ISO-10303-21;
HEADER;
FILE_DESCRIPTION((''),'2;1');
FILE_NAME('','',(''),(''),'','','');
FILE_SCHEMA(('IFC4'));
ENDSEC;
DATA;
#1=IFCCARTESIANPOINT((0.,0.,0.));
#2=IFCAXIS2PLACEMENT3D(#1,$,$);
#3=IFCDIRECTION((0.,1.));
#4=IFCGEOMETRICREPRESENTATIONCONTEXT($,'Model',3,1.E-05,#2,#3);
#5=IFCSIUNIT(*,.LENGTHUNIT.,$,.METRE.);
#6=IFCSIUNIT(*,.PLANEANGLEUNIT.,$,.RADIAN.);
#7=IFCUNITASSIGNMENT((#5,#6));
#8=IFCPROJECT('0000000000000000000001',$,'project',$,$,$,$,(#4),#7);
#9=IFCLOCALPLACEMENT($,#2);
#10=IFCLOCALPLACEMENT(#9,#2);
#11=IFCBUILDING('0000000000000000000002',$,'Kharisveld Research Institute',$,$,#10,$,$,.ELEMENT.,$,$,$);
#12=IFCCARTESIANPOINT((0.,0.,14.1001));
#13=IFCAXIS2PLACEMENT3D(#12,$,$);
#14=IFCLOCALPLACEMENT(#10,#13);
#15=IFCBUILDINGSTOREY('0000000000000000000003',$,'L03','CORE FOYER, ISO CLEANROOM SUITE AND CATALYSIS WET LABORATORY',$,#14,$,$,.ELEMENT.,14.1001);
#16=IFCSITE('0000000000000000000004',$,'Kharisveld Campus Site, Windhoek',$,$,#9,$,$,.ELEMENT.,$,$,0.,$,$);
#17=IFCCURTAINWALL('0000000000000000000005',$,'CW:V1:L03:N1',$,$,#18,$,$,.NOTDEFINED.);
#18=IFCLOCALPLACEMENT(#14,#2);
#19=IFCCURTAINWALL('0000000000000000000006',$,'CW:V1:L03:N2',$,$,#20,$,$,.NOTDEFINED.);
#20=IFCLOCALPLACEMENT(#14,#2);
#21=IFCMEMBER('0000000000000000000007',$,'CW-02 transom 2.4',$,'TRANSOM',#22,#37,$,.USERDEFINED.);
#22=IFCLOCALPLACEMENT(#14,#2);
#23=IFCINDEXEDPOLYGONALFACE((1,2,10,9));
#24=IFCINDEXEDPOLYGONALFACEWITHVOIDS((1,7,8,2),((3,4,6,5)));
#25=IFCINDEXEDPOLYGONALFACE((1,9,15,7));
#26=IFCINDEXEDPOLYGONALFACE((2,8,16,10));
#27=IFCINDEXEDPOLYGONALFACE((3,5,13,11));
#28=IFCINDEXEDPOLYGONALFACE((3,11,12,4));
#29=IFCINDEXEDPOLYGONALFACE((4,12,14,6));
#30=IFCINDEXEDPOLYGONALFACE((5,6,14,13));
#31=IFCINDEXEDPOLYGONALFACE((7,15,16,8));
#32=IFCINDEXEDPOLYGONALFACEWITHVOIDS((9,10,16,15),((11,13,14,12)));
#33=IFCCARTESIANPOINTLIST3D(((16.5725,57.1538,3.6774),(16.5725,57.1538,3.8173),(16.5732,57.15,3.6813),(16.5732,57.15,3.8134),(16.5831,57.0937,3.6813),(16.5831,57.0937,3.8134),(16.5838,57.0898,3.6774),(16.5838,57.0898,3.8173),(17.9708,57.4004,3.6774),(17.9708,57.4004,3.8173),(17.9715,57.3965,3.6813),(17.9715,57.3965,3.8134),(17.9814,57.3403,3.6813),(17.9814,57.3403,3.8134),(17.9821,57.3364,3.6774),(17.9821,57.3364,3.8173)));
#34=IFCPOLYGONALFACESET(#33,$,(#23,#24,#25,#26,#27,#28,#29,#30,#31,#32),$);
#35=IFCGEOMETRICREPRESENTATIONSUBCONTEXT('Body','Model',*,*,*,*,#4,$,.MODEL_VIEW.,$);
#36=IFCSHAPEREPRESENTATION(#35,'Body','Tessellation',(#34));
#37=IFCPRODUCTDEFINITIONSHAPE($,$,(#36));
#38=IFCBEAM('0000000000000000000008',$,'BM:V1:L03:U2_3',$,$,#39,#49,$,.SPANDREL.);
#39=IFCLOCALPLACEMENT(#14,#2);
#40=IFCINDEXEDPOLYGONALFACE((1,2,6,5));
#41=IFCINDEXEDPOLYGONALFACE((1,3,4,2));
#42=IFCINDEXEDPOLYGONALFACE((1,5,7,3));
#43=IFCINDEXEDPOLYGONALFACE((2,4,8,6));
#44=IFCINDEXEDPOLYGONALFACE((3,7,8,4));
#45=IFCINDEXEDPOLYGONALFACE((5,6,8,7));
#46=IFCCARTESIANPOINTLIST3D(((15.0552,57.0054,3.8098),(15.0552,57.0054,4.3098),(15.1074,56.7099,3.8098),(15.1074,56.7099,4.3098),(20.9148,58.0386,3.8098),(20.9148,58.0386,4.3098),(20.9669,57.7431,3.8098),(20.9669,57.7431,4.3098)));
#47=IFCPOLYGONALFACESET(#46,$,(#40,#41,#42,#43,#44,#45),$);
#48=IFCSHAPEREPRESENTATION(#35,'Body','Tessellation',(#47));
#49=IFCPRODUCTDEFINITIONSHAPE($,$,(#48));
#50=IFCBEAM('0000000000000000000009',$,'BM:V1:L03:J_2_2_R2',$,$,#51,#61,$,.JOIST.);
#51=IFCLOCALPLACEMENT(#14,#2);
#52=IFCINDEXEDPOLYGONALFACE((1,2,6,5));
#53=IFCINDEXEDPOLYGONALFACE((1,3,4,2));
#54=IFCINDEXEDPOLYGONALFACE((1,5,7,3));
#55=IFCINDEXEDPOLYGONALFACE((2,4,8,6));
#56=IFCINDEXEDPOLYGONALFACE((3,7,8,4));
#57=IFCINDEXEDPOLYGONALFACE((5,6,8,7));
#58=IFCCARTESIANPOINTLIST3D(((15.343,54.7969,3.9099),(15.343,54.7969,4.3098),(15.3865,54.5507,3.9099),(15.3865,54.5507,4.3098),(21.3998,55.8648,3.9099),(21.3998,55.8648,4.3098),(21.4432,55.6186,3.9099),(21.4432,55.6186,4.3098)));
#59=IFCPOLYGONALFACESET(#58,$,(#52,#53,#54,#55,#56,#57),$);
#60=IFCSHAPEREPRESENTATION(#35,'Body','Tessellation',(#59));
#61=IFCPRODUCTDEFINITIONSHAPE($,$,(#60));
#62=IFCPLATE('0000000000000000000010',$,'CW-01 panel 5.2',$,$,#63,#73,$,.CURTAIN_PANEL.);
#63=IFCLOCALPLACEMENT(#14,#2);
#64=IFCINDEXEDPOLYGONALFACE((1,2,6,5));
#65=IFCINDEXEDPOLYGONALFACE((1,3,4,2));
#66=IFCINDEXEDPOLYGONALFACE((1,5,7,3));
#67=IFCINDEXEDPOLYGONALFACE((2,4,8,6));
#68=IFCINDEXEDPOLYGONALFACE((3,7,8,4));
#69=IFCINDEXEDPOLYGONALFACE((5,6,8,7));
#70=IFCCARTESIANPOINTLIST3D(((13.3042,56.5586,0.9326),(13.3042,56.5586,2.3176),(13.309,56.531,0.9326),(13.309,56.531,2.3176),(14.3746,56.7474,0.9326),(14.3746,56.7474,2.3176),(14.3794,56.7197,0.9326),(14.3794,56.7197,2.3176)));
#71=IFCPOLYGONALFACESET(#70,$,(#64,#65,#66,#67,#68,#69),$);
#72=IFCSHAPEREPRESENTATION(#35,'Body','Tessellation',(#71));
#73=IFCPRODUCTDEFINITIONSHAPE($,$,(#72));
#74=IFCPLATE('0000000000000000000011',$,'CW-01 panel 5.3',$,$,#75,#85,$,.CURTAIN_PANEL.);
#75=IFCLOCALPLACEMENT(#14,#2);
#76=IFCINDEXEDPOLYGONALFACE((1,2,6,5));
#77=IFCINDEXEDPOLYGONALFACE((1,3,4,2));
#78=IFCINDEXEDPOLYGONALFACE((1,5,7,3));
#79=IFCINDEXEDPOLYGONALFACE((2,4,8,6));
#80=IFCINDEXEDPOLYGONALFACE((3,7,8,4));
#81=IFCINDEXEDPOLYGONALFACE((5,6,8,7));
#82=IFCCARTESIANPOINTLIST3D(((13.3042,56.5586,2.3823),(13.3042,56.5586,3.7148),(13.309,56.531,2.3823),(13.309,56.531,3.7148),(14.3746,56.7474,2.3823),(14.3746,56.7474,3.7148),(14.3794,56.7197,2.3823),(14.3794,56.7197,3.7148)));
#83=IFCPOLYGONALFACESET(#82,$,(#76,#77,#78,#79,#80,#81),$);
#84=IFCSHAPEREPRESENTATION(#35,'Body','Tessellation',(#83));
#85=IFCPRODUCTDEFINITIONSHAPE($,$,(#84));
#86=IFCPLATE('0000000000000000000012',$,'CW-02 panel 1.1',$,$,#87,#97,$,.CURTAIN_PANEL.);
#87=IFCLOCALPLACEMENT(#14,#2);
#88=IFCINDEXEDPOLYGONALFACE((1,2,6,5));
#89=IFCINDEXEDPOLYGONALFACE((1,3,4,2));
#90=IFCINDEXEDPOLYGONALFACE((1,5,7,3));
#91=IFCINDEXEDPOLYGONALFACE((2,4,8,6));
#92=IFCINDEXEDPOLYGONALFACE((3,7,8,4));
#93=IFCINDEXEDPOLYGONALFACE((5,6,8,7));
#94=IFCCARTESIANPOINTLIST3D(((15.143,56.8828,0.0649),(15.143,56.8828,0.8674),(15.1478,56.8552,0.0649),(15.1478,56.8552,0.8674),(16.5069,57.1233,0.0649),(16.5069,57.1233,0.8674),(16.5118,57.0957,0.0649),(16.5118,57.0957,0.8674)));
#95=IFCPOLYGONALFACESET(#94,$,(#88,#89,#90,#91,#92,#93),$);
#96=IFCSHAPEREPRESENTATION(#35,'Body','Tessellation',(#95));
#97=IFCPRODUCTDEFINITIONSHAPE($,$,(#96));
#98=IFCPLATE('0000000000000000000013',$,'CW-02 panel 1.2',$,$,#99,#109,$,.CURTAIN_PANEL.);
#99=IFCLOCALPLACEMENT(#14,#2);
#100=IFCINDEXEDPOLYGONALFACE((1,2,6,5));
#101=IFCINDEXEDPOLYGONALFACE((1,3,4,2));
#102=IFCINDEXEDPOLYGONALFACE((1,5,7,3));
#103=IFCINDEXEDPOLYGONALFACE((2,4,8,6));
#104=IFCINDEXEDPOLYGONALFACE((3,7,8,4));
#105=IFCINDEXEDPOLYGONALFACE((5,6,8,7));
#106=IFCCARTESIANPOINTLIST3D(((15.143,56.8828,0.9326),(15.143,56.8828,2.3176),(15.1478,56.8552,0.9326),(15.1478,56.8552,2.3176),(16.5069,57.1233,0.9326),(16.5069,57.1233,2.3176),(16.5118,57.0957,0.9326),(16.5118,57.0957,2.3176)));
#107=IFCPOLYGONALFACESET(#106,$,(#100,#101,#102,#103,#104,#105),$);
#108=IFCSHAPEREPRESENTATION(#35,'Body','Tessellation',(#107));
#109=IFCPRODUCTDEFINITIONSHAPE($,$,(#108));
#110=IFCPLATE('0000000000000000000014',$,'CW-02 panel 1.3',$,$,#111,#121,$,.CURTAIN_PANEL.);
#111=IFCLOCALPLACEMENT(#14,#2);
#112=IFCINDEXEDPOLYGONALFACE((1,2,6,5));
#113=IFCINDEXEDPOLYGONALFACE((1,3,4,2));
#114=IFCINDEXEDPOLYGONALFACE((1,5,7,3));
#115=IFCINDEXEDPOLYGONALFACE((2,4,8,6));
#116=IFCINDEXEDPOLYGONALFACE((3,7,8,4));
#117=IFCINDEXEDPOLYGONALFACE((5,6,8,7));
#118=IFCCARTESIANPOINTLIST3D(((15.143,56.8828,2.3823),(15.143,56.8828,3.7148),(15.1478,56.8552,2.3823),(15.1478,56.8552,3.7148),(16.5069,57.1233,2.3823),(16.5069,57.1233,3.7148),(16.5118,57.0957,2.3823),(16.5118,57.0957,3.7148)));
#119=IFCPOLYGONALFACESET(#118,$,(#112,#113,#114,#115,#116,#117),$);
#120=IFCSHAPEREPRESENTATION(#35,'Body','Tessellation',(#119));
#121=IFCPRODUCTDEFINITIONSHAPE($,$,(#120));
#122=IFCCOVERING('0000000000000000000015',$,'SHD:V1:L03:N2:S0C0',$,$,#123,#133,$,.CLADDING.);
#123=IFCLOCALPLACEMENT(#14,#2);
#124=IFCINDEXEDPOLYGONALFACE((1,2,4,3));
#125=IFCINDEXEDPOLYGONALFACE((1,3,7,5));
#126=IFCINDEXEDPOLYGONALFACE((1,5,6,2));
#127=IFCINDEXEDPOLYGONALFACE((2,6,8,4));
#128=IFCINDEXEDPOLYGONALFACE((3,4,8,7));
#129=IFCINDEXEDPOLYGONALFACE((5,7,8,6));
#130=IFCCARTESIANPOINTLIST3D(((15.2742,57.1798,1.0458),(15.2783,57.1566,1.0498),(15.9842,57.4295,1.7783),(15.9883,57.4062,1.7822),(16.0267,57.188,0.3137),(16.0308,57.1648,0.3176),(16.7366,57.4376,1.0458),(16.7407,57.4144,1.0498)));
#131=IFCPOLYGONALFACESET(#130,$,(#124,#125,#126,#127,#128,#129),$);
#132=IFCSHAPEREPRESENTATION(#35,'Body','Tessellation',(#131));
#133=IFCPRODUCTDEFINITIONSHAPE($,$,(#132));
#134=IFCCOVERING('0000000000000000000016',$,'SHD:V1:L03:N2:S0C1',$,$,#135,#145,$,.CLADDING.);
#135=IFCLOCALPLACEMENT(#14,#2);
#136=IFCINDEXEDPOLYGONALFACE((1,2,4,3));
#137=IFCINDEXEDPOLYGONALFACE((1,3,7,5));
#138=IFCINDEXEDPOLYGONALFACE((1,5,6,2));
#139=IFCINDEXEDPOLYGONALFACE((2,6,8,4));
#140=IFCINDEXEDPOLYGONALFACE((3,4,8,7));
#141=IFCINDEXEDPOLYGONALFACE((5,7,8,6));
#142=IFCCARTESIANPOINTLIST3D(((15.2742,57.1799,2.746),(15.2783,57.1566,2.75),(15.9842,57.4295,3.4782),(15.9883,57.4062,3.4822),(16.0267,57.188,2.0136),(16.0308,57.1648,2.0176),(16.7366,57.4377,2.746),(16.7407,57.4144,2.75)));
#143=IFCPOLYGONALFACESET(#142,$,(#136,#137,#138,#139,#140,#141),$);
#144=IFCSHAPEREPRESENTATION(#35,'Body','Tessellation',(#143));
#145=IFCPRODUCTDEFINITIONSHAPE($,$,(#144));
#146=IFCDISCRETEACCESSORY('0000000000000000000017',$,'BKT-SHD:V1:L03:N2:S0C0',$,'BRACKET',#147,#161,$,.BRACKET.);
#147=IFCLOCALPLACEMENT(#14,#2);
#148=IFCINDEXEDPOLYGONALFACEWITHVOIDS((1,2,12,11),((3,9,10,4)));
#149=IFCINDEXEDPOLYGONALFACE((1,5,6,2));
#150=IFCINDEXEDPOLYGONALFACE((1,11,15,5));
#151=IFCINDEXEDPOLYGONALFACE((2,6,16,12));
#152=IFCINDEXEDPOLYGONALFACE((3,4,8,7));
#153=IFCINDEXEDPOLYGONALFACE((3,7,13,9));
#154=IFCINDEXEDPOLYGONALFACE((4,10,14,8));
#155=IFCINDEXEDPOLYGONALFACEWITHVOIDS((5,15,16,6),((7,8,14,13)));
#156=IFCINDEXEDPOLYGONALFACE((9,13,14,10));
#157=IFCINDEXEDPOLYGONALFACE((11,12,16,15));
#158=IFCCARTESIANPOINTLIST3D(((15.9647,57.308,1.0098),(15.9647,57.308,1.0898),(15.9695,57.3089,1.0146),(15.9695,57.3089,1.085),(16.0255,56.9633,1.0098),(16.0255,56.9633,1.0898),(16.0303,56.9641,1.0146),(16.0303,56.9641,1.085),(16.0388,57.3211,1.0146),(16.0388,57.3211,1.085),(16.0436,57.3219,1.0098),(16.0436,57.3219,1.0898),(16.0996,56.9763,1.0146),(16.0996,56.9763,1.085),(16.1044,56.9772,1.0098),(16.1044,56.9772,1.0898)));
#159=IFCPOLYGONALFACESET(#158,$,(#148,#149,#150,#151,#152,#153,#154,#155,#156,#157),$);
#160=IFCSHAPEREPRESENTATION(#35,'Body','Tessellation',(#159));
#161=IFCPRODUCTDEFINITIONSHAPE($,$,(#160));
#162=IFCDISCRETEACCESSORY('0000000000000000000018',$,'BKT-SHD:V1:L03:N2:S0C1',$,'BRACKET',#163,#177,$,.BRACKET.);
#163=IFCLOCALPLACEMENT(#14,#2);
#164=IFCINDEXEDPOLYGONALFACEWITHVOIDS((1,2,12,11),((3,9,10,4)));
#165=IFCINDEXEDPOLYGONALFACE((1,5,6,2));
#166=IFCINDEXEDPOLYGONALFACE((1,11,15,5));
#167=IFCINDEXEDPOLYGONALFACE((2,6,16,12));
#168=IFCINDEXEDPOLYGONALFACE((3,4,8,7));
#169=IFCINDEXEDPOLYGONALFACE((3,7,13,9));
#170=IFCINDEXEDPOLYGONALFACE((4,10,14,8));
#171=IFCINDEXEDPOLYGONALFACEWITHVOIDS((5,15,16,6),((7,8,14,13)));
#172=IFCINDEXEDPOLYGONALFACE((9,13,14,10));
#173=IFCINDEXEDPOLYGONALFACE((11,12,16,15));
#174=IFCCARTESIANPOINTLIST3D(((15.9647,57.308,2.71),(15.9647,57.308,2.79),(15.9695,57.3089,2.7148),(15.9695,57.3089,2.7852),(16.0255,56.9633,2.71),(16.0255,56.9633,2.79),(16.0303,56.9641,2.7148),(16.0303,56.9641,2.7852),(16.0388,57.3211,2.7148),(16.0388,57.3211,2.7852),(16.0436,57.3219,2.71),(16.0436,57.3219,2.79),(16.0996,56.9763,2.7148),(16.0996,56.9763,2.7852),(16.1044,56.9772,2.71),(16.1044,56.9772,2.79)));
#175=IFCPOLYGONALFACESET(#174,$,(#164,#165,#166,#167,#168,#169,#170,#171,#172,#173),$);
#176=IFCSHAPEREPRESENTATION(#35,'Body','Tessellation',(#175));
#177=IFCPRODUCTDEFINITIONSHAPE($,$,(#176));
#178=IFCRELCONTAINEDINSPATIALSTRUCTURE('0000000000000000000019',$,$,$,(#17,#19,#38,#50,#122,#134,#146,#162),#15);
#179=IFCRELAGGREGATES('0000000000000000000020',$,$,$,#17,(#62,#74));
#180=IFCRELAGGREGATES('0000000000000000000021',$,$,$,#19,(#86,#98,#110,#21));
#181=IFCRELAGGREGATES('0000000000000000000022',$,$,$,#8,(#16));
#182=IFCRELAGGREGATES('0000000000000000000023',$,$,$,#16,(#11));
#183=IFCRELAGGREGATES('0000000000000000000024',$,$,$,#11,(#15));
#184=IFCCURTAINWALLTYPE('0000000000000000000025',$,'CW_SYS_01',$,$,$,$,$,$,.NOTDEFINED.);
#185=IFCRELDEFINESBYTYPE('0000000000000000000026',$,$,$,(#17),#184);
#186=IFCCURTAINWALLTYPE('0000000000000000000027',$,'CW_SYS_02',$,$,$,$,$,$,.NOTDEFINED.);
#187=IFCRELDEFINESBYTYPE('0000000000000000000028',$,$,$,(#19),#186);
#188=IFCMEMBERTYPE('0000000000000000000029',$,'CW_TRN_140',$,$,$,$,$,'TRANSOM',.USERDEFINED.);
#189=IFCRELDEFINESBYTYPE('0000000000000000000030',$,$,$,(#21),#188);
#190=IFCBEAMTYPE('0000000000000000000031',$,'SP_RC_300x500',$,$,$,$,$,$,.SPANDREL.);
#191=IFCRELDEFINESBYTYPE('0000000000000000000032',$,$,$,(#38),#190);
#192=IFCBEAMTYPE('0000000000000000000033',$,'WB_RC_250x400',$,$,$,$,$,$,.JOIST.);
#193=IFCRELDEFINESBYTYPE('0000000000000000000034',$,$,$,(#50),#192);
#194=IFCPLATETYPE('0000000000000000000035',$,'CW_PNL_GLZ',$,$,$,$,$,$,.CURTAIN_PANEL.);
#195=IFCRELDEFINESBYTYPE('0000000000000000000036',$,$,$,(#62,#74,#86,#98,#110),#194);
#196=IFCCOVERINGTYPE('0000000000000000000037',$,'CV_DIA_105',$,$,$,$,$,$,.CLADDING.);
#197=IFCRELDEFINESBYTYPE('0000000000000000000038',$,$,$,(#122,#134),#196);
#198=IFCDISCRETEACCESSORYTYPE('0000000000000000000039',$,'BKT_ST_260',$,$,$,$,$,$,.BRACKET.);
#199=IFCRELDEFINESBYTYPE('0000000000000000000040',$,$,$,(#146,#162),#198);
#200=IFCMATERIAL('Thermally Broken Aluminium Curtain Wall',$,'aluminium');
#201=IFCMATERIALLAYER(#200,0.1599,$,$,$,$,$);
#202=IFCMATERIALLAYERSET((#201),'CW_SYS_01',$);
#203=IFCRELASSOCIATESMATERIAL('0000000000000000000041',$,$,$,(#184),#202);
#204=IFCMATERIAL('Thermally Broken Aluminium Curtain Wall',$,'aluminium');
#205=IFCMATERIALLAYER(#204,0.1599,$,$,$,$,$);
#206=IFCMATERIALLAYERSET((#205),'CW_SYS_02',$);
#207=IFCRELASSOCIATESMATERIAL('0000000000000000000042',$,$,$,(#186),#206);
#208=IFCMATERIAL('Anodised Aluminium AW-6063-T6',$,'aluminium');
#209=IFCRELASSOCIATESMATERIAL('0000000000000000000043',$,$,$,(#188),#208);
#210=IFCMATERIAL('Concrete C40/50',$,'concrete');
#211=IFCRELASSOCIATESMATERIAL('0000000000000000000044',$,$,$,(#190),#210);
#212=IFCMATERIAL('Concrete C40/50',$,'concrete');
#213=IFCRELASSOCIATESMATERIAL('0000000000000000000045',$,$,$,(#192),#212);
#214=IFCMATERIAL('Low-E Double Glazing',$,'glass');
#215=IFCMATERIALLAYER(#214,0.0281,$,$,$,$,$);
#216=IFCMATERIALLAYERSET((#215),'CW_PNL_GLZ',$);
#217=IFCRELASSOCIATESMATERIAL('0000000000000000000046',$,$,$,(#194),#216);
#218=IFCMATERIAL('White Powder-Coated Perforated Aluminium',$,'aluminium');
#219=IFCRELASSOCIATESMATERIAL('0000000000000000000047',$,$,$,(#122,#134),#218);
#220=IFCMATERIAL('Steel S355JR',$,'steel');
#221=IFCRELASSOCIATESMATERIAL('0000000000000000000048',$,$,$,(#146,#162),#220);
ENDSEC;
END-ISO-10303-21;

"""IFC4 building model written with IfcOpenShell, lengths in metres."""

from ifc_helpers import new_model, si_unit, direction, frame, origin, origin_2d, place, context, subcontext, project, spatial, polyline, rectangle, hollow_rectangle, outline, extrude, material, layer, layer_set, material_profile, profile_set, type_object, element, aggregate, save


model = new_model("IFC4")

# Units and contexts
model_context = context("Model", 3, precision=1e-05, world=origin(), true_north=direction((0.0, 1.0)))
body_context = subcontext(model_context, "Body", "Model", "MODEL_VIEW")
ifc_project = project(units=[si_unit("LENGTHUNIT", "METRE"), si_unit("PLANEANGLEUNIT", "RADIAN")], contexts=[model_context])

# Site, building, storey
site_placement = place(None, origin())
site = spatial("IfcSite", under=ifc_project, at=site_placement, Name="Kharisveld Campus Site, Windhoek", CompositionType="ELEMENT", RefElevation=0.0)
building_placement = place(site_placement, origin())
building = spatial("IfcBuilding", under=site, at=building_placement, Name="Kharisveld Research Institute", CompositionType="ELEMENT")
storey_placement = place(building_placement, frame((0.0, 0.0, 14.1001)))
storey = spatial("IfcBuildingStorey", under=building, at=storey_placement, Name="L03", Description="CORE FOYER, ISO CLEANROOM SUITE AND CATALYSIS WET LABORATORY", CompositionType="ELEMENT", Elevation=14.1001)

# Curtain wall
ifc_material_1 = material(Name="Thermally Broken Aluminium Curtain Wall", Category="aluminium")
ifc_layer_1 = layer(ifc_material_1, 0.1599)
ifc_layer_set_1 = layer_set([ifc_layer_1], Name="CW_SYS_01")
curtain_wall_type_1 = type_object("IfcCurtainWallType", Name="CW_SYS_01", PredefinedType="NOTDEFINED", material=ifc_layer_set_1)
curtain_wall_1_placement = place(storey_placement, origin())
curtain_wall_1 = element("IfcCurtainWall", 1, at=curtain_wall_1_placement, inside=storey, type_object=curtain_wall_type_1, Name="CW:V1:L03:N1", PredefinedType="NOTDEFINED")

# Curtain wall, member
ifc_material_2 = material(Name="Thermally Broken Aluminium Curtain Wall", Category="aluminium")
ifc_layer_2 = layer(ifc_material_2, 0.1599)
ifc_layer_set_2 = layer_set([ifc_layer_2], Name="CW_SYS_02")
curtain_wall_type_2 = type_object("IfcCurtainWallType", Name="CW_SYS_02", PredefinedType="NOTDEFINED", material=ifc_layer_set_2)
curtain_wall_2_placement = place(storey_placement, origin())
curtain_wall_2 = element("IfcCurtainWall", 2, at=curtain_wall_2_placement, inside=storey, type_object=curtain_wall_type_2, Name="CW:V1:L03:N2", PredefinedType="NOTDEFINED")
ifc_material_3 = material(Name="Anodised Aluminium AW-6063-T6", Category="aluminium")
ifc_material_profile_1 = material_profile(ifc_material_3, hollow_rectangle(XDim=0.0649, YDim=0.1399, WallThickness=0.0039, at=origin_2d()))
ifc_profile_set_1 = profile_set([ifc_material_profile_1], Name="Anodised Aluminium AW-6063-T6")
member_type_1 = type_object("IfcMemberType", Name="CW_TRN_140", ElementType="TRANSOM", PredefinedType="USERDEFINED", material=ifc_profile_set_1)
member_1_placement = place(storey_placement, frame((16.5781, 57.1218, 3.7473), z_axis=(0.984808, 0.173648, 0.0), x_axis=(-0.173648, 0.984808, 0.0)))
member_1 = element("IfcMember", 3, at=member_1_placement, type_object=member_type_1, Name="CW-02 transom 2.4", ObjectType="TRANSOM", PredefinedType="USERDEFINED", context=body_context, shape_type="SweptSolid", body=[
    extrude(hollow_rectangle(XDim=0.0649, YDim=0.1399, WallThickness=0.0039, at=origin_2d()), origin(), (0.0, 0.0, 1.0), 1.4199),
])

# Beams
ifc_material_4 = material(Name="Concrete C40/50", Category="concrete")
ifc_material_profile_2 = material_profile(ifc_material_4, rectangle(XDim=0.3, YDim=0.5, at=origin_2d()))
ifc_profile_set_2 = profile_set([ifc_material_profile_2], Name="Concrete C40/50")
beam_type_1 = type_object("IfcBeamType", Name="SP_RC_300x500", PredefinedType="SPANDREL", material=ifc_profile_set_2)
beam_1_placement = place(storey_placement, frame((15.0813, 56.8577, 4.0598), z_axis=(0.984808, 0.173647, 0.0), x_axis=(-0.173647, 0.984808, 0.0)))
element("IfcBeam", 4, at=beam_1_placement, inside=storey, type_object=beam_type_1, Name="BM:V1:L03:U2_3", PredefinedType="SPANDREL", context=body_context, shape_type="SweptSolid", body=[
    extrude(rectangle(XDim=0.3, YDim=0.5, at=origin_2d()), origin(), (0.0, 0.0, 1.0), 5.95),
])
ifc_material_5 = material(Name="Concrete C40/50", Category="concrete")
ifc_material_profile_3 = material_profile(ifc_material_5, rectangle(XDim=0.25, YDim=0.3999, at=origin_2d()))
ifc_profile_set_3 = profile_set([ifc_material_profile_3], Name="Concrete C40/50")
beam_type_2 = type_object("IfcBeamType", Name="WB_RC_250x400", PredefinedType="JOIST", material=ifc_profile_set_3)
beam_2_placement = place(storey_placement, frame((15.3647, 54.6738, 4.1099), z_axis=(0.98481, 0.173636, 0.0), x_axis=(-0.173636, 0.98481, 0.0)))
element("IfcBeam", 5, at=beam_2_placement, inside=storey, type_object=beam_type_2, Name="BM:V1:L03:J_2_2_R2", PredefinedType="JOIST", context=body_context, shape_type="SweptSolid", body=[
    extrude(rectangle(XDim=0.25, YDim=0.3999, at=origin_2d()), origin(), (0.0, 0.0, 1.0), 6.1501),
])

# Plates
ifc_material_6 = material(Name="Low-E Double Glazing", Category="glass")
ifc_layer_3 = layer(ifc_material_6, 0.0281)
ifc_layer_set_3 = layer_set([ifc_layer_3], Name="CW_PNL_GLZ")
plate_type = type_object("IfcPlateType", Name="CW_PNL_GLZ", PredefinedType="CURTAIN_PANEL", material=ifc_layer_set_3)
plate_1_placement = place(storey_placement, frame((13.8418, 56.6392, 0.9326), z_axis=(0.0, 0.0, 1.0), x_axis=(0.984808, 0.173648, 0.0)))
plate_1 = element("IfcPlate", 6, at=plate_1_placement, type_object=plate_type, Name="CW-01 panel 5.2", PredefinedType="CURTAIN_PANEL", context=body_context, shape_type="SweptSolid", body=[
    extrude(rectangle(XDim=1.0869, YDim=0.0281, at=origin_2d()), origin(), (0.0, 0.0, 1.0), 1.385),
])
plate_2_placement = place(storey_placement, frame((13.8418, 56.6392, 2.3823), z_axis=(0.0, 0.0, 1.0), x_axis=(0.984808, 0.173648, 0.0)))
plate_2 = element("IfcPlate", 7, at=plate_2_placement, type_object=plate_type, Name="CW-01 panel 5.3", PredefinedType="CURTAIN_PANEL", context=body_context, shape_type="SweptSolid", body=[
    extrude(rectangle(XDim=1.0869, YDim=0.0281, at=origin_2d()), origin(), (0.0, 0.0, 1.0), 1.3325),
])
aggregate(curtain_wall_1, [plate_1, plate_2])
plate_3_placement = place(storey_placement, frame((15.8274, 56.9893, 0.0649), z_axis=(0.0, 0.0, 1.0), x_axis=(0.984808, 0.173648, 0.0)))
plate_3 = element("IfcPlate", 8, at=plate_3_placement, type_object=plate_type, Name="CW-02 panel 1.1", PredefinedType="CURTAIN_PANEL", context=body_context, shape_type="SweptSolid", body=[
    extrude(rectangle(XDim=1.385, YDim=0.0281, at=origin_2d()), origin(), (0.0, 0.0, 1.0), 0.8025),
])
plate_4_placement = place(storey_placement, frame((15.8274, 56.9893, 0.9326), z_axis=(0.0, 0.0, 1.0), x_axis=(0.984808, 0.173648, 0.0)))
plate_4 = element("IfcPlate", 9, at=plate_4_placement, type_object=plate_type, Name="CW-02 panel 1.2", PredefinedType="CURTAIN_PANEL", context=body_context, shape_type="SweptSolid", body=[
    extrude(rectangle(XDim=1.385, YDim=0.0281, at=origin_2d()), origin(), (0.0, 0.0, 1.0), 1.385),
])
plate_5_placement = place(storey_placement, frame((15.8274, 56.9893, 2.3823), z_axis=(0.0, 0.0, 1.0), x_axis=(0.984808, 0.173648, 0.0)))
plate_5 = element("IfcPlate", 10, at=plate_5_placement, type_object=plate_type, Name="CW-02 panel 1.3", PredefinedType="CURTAIN_PANEL", context=body_context, shape_type="SweptSolid", body=[
    extrude(rectangle(XDim=1.385, YDim=0.0281, at=origin_2d()), origin(), (0.0, 0.0, 1.0), 1.3325),
])
aggregate(curtain_wall_2, [plate_3, plate_4, plate_5, member_1])

# Coverings
ifc_material_7 = material(Name="White Powder-Coated Perforated Aluminium", Category="aluminium")
covering_type = type_object("IfcCoveringType", Name="CV_DIA_105", PredefinedType="CLADDING")
covering_1_placement = place(storey_placement, frame((16.0308, 57.1648, 0.3176), z_axis=(0.171234, -0.971299, 0.165096), x_axis=(0.676173, 0.237734, 0.697333)))
element("IfcCovering", 11, at=covering_1_placement, inside=storey, type_object=covering_type, material=ifc_material_7, Name="SHD:V1:L03:N2:S0C0", PredefinedType="CLADDING", context=body_context, shape_type="SweptSolid", body=[
    extrude(outline(polyline([(0.0, 0.0), (1.0499, 0.0), (1.05, 1.0501), (-0.0002, 1.0499), (0.0, 0.0)])), origin(), (0.0, 0.0, -1.0), 0.0239),
])
covering_2_placement = place(storey_placement, frame((16.0308, 57.1648, 2.0176), z_axis=(0.171234, -0.971299, 0.165096), x_axis=(0.676056, 0.237732, 0.697446)))
element("IfcCovering", 12, at=covering_2_placement, inside=storey, type_object=covering_type, material=ifc_material_7, Name="SHD:V1:L03:N2:S0C1", PredefinedType="CLADDING", context=body_context, shape_type="SweptSolid", body=[
    extrude(outline(polyline([(0.0, 0.0), (1.0501, 0.0), (1.0502, 1.0499), (0.0002, 1.0501), (0.0, 0.0)])), origin(), (0.0, 0.0, -1.0), 0.0239),
])

# Discrete accessories
ifc_material_8 = material(Name="Steel S355JR", Category="steel")
discrete_accessory_type = type_object("IfcDiscreteAccessoryType", Name="BKT_ST_260", PredefinedType="BRACKET")
for number, where, z_axis, x_axis, name in (
    (13, (16.0649, 56.9702, 1.0498), (-0.173666, 0.984805, 0.0), (-0.984805, -0.173666, 0.0), "BKT-SHD:V1:L03:N2:S0C0"),
    (14, (16.0649, 56.9702, 2.75), (-0.173666, 0.984805, 0.0), (-0.984805, -0.173666, 0.0), "BKT-SHD:V1:L03:N2:S0C1"),
):
    element("IfcDiscreteAccessory", number, at=place(storey_placement, frame(where, z_axis=z_axis, x_axis=x_axis)), inside=storey, type_object=discrete_accessory_type, material=ifc_material_8, Name=name, ObjectType="BRACKET", PredefinedType="BRACKET", context=body_context, shape_type="SweptSolid", body=[
        extrude(hollow_rectangle(XDim=0.0801, YDim=0.0801, WallThickness=0.0049, at=origin_2d()), origin(), (0.0, 0.0, 1.0), 0.3501),
    ])

save(model, "model.ifc")
